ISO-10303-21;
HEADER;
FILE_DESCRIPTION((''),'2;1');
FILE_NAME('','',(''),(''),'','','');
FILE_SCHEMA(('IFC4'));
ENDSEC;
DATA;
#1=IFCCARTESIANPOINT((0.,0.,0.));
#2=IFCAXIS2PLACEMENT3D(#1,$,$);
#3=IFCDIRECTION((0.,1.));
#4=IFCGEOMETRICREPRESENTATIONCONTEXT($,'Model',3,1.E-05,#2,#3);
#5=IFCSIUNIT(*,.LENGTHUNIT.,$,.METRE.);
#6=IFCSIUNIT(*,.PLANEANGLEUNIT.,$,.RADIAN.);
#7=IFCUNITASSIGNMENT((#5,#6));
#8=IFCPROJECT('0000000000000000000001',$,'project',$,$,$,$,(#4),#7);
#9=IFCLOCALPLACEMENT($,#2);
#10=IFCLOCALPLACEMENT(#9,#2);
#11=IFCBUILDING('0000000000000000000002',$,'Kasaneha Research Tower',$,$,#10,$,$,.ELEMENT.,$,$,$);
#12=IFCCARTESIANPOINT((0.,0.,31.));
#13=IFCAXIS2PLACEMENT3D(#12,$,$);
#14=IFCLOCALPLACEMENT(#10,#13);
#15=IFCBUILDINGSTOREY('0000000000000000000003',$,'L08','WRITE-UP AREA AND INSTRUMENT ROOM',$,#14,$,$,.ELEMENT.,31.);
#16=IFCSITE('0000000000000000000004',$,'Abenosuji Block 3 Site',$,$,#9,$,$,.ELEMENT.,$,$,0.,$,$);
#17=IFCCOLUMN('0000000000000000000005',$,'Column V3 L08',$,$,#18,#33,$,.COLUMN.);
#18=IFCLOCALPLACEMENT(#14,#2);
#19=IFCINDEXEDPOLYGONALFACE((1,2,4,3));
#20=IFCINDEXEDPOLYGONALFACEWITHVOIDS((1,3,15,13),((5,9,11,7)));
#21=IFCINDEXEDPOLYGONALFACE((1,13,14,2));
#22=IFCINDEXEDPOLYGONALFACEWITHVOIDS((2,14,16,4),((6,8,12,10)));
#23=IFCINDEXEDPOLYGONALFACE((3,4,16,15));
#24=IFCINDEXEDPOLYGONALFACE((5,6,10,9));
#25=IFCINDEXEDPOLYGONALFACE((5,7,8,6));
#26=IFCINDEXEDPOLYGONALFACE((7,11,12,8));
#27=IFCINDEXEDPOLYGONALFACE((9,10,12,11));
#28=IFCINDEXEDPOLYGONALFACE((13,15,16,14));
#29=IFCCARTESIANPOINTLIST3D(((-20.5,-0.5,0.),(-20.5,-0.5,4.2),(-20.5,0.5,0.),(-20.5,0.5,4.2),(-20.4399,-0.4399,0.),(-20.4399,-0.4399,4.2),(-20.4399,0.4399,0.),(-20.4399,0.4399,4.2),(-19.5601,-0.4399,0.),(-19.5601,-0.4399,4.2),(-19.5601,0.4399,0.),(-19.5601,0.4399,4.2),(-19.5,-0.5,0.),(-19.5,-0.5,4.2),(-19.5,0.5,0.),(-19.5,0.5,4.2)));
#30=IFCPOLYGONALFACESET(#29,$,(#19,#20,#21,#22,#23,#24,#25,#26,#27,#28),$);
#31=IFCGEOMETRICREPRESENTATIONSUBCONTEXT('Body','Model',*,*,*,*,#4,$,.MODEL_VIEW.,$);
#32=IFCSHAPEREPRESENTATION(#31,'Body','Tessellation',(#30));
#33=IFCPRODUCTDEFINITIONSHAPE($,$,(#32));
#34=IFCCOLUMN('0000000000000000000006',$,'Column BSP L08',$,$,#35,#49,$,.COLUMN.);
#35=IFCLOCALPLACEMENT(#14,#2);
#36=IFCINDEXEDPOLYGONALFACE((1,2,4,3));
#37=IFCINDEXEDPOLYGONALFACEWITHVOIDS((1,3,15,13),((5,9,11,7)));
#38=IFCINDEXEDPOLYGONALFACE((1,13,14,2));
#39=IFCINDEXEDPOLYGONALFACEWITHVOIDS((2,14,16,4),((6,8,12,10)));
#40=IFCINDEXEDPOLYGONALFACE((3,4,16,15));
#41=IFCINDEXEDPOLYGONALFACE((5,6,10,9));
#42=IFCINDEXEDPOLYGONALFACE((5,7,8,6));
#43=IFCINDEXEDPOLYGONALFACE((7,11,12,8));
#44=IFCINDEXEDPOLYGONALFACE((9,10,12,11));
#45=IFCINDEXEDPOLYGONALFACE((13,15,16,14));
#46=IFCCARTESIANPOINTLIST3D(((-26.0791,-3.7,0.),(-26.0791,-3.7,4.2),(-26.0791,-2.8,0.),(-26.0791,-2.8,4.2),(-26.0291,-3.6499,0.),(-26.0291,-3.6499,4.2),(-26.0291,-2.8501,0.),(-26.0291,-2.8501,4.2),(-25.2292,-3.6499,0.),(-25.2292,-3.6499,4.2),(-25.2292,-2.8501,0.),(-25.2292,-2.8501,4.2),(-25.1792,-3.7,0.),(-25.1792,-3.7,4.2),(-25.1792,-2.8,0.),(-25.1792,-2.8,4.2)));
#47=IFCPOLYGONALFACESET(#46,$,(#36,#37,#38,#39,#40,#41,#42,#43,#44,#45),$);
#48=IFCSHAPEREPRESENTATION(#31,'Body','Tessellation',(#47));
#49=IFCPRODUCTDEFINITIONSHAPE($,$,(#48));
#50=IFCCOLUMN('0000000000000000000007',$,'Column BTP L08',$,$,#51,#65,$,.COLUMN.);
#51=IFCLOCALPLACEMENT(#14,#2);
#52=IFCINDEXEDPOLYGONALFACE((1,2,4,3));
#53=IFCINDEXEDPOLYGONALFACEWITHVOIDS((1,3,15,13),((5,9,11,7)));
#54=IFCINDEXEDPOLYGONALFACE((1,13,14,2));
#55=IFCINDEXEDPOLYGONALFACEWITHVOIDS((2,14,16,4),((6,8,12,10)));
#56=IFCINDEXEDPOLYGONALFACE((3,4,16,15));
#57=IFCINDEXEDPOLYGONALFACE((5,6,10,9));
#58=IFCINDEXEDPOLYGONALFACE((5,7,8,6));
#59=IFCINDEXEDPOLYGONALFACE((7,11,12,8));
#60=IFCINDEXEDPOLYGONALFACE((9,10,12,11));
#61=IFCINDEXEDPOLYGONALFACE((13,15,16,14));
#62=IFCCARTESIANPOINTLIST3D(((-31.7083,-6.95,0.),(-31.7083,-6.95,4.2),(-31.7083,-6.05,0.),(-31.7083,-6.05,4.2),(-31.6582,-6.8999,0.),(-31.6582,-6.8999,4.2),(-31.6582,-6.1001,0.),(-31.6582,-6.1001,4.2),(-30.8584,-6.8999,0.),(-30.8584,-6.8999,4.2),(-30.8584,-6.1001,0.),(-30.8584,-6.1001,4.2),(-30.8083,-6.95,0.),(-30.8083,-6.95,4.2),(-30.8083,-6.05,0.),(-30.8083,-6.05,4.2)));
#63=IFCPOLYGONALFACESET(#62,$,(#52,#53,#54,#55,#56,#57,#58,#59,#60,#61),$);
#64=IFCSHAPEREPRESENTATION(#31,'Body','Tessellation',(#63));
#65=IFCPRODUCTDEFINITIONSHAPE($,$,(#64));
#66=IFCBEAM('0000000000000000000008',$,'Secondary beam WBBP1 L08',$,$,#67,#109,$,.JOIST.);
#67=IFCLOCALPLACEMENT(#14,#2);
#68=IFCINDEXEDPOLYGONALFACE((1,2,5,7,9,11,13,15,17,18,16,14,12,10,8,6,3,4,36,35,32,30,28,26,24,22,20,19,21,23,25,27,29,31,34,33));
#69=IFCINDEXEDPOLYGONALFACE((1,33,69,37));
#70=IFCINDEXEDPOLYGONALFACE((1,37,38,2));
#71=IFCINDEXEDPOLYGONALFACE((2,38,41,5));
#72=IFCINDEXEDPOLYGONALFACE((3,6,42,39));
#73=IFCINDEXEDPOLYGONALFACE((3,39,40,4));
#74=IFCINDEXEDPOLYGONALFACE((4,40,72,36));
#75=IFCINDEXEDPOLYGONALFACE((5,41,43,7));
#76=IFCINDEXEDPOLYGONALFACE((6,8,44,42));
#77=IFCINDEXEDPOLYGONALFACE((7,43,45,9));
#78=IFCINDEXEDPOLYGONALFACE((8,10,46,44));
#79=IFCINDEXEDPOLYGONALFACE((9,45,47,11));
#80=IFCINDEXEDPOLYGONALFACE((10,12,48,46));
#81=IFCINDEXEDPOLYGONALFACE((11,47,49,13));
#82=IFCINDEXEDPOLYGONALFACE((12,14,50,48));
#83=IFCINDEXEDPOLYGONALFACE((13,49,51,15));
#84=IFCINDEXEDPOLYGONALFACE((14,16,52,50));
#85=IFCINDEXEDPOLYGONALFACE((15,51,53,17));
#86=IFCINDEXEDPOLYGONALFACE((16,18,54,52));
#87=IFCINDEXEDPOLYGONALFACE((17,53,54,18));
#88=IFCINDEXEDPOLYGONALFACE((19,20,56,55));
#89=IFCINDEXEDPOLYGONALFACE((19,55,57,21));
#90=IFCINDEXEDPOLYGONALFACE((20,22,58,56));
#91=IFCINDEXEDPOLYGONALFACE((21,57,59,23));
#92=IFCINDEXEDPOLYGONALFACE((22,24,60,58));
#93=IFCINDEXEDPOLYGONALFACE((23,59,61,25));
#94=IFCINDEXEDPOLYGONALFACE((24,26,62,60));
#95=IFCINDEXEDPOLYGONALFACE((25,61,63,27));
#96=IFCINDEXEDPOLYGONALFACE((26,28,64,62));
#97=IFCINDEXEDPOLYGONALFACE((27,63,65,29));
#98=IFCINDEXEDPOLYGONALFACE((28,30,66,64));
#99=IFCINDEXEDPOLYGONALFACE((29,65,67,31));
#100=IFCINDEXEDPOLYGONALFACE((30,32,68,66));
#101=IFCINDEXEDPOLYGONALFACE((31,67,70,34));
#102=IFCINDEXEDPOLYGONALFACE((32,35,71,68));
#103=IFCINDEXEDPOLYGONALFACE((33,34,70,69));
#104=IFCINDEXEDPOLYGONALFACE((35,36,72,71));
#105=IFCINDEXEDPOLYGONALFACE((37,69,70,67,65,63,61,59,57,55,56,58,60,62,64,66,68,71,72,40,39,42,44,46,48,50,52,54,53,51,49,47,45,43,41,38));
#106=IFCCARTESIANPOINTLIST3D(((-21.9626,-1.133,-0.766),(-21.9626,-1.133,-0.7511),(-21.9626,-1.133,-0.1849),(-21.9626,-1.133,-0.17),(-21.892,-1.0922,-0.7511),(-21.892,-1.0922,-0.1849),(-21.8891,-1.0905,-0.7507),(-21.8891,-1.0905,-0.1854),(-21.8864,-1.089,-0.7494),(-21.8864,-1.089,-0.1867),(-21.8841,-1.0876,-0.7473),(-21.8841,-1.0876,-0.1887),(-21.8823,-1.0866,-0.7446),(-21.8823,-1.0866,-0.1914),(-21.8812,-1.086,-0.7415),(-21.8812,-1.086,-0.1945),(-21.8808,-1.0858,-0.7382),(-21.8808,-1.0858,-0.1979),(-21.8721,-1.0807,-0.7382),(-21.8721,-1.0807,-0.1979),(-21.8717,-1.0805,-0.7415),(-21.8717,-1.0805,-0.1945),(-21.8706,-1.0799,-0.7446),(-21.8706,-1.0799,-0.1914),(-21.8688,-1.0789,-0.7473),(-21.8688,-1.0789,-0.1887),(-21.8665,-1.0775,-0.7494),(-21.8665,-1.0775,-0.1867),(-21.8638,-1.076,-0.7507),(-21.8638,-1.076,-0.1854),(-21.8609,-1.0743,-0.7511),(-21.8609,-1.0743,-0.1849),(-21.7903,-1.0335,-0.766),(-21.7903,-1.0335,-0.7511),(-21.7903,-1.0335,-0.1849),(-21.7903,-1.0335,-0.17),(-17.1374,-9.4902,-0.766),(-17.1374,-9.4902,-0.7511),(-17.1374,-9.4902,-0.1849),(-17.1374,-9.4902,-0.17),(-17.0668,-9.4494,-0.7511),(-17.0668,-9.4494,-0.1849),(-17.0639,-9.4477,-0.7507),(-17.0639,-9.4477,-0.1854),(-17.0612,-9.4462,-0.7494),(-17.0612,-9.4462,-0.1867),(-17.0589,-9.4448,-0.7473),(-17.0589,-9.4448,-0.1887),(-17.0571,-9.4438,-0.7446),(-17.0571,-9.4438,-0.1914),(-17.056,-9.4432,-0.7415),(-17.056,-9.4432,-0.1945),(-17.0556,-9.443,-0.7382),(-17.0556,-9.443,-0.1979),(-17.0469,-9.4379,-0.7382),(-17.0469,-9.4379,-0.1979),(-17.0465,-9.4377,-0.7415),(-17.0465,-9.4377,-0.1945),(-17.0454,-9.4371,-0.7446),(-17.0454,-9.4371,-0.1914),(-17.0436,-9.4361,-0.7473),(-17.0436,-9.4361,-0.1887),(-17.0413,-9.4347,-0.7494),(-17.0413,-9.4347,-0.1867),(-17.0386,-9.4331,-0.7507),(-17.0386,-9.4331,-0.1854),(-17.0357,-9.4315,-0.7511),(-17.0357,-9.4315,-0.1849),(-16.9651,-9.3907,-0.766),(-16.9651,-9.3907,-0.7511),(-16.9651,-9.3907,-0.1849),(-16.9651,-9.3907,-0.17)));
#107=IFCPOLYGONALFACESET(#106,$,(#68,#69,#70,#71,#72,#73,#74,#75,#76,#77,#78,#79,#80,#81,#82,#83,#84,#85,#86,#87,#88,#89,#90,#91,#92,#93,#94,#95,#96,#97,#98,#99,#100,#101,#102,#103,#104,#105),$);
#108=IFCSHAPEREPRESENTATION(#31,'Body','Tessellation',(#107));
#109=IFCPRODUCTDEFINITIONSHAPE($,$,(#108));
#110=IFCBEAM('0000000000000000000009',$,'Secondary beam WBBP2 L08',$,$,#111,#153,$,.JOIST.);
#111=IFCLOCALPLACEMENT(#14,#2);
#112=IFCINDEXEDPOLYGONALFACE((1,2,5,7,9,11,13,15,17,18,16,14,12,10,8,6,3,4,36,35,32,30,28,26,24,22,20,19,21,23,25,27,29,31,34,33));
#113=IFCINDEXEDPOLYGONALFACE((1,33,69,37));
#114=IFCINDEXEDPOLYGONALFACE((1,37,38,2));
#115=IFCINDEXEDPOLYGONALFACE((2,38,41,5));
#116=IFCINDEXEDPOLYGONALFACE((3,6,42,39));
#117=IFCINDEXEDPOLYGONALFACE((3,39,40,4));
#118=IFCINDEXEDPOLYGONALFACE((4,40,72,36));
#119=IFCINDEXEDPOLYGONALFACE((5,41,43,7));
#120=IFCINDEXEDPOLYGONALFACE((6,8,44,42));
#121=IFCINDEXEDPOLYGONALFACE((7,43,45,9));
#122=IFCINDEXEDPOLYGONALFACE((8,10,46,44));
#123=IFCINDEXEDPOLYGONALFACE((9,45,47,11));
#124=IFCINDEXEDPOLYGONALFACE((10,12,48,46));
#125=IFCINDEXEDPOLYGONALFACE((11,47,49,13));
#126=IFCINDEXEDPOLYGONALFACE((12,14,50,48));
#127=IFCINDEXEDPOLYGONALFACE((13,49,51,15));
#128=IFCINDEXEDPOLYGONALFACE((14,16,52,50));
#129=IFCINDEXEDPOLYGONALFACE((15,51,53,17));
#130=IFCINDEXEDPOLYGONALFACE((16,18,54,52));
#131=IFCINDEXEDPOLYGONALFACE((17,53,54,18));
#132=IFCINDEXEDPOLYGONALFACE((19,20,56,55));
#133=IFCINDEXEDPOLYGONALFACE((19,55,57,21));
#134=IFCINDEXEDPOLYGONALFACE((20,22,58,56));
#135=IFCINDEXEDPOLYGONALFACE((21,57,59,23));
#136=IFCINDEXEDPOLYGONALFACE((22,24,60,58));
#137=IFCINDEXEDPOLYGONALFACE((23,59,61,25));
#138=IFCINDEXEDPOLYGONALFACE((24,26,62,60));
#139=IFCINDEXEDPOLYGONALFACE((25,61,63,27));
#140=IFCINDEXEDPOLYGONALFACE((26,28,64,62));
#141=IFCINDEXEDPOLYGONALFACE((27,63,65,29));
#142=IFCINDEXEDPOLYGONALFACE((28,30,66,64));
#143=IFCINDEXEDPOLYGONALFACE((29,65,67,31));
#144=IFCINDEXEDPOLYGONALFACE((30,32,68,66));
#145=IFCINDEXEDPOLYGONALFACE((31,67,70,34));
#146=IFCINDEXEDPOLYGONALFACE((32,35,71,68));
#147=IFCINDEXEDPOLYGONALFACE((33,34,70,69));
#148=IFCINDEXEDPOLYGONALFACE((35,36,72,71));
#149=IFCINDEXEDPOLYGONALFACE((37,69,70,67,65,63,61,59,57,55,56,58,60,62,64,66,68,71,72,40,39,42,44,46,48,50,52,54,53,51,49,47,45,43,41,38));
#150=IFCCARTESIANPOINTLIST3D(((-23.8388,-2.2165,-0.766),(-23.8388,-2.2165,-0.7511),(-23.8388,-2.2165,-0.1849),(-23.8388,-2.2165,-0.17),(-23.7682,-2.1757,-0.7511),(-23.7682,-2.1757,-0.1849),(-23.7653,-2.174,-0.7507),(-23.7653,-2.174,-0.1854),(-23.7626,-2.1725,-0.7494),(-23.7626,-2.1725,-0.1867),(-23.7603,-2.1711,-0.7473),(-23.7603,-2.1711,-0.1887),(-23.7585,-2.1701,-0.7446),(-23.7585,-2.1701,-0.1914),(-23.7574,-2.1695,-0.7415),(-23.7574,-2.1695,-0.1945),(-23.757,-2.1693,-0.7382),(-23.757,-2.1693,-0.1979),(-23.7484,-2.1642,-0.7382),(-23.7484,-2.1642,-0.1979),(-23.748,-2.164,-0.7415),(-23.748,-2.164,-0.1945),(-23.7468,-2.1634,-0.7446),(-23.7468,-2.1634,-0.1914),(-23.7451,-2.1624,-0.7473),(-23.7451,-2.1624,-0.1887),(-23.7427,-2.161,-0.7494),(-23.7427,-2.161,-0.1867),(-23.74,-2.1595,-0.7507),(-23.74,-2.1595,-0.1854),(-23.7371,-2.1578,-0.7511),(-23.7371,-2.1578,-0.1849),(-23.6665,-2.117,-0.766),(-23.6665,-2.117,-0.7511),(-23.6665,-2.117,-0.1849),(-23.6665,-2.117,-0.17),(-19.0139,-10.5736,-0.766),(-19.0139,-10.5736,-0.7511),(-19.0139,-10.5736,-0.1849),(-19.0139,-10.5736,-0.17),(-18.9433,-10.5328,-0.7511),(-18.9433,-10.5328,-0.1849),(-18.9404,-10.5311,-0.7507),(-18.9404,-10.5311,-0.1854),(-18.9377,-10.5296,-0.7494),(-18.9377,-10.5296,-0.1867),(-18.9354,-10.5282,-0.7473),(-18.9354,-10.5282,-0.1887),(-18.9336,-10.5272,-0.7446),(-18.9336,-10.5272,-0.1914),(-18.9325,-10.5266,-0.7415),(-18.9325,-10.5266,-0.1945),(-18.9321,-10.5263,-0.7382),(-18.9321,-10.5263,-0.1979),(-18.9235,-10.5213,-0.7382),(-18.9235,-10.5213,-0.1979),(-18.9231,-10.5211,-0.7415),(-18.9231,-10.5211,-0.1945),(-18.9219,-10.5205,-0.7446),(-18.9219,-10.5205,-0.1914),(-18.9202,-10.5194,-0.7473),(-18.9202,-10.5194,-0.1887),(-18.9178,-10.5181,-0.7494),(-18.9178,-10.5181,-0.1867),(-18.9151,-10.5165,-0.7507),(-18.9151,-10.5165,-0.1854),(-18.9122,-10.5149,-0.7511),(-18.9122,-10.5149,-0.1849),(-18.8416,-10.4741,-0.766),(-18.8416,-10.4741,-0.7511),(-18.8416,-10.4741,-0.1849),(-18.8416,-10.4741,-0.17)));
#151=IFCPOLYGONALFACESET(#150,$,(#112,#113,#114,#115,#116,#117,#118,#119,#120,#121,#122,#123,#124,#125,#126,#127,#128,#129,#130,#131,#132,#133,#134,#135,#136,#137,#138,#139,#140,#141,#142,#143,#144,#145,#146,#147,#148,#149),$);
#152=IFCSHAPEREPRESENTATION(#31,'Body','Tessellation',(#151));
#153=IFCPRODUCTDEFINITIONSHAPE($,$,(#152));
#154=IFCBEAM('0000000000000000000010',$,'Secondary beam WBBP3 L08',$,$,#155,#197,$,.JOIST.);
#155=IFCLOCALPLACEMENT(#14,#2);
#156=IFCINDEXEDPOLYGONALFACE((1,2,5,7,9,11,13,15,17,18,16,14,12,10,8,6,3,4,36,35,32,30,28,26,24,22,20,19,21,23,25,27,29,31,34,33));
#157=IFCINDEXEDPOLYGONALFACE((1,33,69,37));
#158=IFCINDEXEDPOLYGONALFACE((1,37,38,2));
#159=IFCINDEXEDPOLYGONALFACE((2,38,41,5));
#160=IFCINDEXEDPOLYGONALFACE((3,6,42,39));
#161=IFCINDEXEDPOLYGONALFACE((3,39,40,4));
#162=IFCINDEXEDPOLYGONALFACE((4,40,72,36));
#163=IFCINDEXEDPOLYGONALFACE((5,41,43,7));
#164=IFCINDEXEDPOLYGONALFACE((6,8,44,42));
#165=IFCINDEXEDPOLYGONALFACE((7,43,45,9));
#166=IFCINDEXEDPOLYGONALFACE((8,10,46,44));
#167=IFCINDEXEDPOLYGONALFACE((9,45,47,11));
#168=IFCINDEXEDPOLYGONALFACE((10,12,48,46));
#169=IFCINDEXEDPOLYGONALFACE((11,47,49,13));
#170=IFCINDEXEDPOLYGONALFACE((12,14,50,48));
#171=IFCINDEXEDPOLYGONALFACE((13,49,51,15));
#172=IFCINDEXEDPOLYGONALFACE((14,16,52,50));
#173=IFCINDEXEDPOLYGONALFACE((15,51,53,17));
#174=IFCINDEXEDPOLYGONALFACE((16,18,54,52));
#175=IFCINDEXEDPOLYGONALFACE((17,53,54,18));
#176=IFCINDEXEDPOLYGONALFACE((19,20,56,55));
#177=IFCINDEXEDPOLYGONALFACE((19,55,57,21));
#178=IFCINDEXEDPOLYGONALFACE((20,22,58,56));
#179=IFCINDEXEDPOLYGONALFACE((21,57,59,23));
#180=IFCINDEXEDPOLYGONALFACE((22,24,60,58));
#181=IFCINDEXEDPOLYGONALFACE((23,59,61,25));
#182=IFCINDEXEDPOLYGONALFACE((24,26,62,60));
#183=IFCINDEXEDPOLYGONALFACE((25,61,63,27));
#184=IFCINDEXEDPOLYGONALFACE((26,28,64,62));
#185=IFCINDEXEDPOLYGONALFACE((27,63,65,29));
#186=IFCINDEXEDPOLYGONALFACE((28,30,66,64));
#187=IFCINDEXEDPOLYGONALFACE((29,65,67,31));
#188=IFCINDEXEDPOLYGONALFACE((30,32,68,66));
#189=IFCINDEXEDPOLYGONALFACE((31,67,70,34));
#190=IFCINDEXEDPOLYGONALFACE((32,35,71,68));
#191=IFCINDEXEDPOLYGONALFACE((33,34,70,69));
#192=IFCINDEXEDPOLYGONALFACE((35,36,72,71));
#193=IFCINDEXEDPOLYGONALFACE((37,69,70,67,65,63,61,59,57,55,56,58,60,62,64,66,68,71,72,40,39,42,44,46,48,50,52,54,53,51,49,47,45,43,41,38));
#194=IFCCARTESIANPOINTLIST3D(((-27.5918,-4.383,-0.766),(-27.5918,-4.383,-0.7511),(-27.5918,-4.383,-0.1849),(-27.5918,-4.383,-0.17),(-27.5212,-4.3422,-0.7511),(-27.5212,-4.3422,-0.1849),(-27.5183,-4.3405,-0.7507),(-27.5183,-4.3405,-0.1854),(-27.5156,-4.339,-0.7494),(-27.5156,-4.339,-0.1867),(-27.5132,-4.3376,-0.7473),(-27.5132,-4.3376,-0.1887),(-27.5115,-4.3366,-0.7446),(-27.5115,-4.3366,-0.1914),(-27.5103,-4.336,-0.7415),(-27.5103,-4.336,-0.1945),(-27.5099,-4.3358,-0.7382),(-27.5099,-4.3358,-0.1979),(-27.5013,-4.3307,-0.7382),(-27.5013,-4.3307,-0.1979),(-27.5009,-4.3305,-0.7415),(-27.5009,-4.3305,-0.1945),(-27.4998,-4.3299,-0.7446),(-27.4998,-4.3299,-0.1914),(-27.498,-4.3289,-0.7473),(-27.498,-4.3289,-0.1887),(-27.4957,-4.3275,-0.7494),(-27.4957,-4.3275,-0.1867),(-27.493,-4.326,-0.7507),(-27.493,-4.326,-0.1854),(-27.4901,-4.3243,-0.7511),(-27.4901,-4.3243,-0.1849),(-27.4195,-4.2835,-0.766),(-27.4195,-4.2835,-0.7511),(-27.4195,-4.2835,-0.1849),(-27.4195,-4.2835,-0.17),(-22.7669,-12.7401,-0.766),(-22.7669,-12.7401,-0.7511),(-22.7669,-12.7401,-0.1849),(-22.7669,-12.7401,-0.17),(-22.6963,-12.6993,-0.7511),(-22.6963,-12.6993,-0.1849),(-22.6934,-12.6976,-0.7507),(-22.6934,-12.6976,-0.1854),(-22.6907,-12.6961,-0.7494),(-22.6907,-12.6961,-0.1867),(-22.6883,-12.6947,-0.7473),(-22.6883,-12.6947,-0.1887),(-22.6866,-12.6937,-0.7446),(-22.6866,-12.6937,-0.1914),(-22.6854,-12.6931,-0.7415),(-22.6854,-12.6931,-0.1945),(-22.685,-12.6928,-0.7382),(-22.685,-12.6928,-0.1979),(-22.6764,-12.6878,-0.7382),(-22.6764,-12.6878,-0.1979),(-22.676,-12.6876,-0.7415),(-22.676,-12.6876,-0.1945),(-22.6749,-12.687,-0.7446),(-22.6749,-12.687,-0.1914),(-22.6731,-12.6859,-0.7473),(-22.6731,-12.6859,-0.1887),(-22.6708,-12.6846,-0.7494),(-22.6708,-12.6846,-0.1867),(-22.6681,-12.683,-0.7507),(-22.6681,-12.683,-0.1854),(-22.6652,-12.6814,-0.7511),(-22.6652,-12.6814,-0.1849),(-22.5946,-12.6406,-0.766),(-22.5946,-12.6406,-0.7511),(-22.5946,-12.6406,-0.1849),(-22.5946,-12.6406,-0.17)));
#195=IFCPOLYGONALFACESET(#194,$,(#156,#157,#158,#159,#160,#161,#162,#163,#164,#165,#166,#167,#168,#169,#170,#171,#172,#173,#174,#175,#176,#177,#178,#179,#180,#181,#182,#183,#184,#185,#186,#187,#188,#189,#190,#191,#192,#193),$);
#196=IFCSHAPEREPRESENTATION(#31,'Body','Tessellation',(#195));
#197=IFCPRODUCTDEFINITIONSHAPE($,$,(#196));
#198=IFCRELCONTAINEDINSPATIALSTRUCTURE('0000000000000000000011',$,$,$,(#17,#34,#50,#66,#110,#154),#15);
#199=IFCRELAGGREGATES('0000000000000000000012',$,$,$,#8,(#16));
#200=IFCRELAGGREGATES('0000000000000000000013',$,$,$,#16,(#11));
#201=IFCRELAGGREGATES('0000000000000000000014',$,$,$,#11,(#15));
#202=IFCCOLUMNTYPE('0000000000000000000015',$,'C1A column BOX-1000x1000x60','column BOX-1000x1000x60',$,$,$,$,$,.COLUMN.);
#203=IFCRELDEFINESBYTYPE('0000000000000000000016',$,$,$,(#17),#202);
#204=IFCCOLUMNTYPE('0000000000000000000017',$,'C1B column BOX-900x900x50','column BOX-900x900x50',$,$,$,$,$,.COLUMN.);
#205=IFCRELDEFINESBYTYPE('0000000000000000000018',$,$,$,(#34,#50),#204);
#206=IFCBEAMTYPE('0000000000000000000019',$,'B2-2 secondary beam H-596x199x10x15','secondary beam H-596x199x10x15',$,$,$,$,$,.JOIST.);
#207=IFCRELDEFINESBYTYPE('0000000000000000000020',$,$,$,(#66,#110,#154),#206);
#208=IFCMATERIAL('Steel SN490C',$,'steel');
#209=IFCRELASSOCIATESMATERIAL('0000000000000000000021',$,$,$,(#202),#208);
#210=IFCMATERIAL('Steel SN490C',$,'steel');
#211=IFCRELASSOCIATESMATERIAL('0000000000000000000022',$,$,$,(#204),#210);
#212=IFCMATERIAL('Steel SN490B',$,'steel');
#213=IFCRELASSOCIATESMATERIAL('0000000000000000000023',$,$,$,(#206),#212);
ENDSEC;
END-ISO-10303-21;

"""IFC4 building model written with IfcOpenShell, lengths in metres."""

from ifc_helpers import new_model, si_unit, direction, frame, origin, origin_2d, place, context, subcontext, project, spatial, hollow_rectangle, i_section, extrude, material, material_profile, profile_set, type_object, element, save


model = new_model("IFC4")

# Units and contexts
model_context = context("Model", 3, precision=1e-05, world=origin(), true_north=direction((0.0, 1.0)))
body_context = subcontext(model_context, "Body", "Model", "MODEL_VIEW")
ifc_project = project(units=[si_unit("LENGTHUNIT", "METRE"), si_unit("PLANEANGLEUNIT", "RADIAN")], contexts=[model_context])

# Site, building, storey
site_placement = place(None, origin())
site = spatial("IfcSite", under=ifc_project, at=site_placement, Name="Abenosuji Block 3 Site", CompositionType="ELEMENT", RefElevation=0.0)
building_placement = place(site_placement, origin())
building = spatial("IfcBuilding", under=site, at=building_placement, Name="Kasaneha Research Tower", CompositionType="ELEMENT")
storey_placement = place(building_placement, frame((0.0, 0.0, 31.0)))
storey = spatial("IfcBuildingStorey", under=building, at=storey_placement, Name="L08", Description="WRITE-UP AREA AND INSTRUMENT ROOM", CompositionType="ELEMENT", Elevation=31.0)

# Columns
ifc_material_1 = material(Name="Steel SN490C", Category="steel")
ifc_material_profile_1 = material_profile(ifc_material_1, hollow_rectangle(XDim=1.0, YDim=1.0, WallThickness=0.0601, at=origin_2d()), Name="BOX-1000x1000x60")
ifc_profile_set_1 = profile_set([ifc_material_profile_1], Name="Steel SN490C")
column_type_1 = type_object("IfcColumnType", Name="C1A column BOX-1000x1000x60", Description="column BOX-1000x1000x60", PredefinedType="COLUMN", material=ifc_profile_set_1)
column_placement = place(storey_placement, frame((-20.0, 0.0, 0.0), z_axis=(0.0, 0.0, 1.0), x_axis=(1.0, 0.0, 0.0)))
element("IfcColumn", 1, at=column_placement, inside=storey, type_object=column_type_1, Name="Column V3 L08", PredefinedType="COLUMN", context=body_context, shape_type="SweptSolid", body=[
    extrude(hollow_rectangle(XDim=1.0, YDim=1.0, WallThickness=0.0601, at=origin_2d()), origin(), (0.0, 0.0, 1.0), 4.2),
])
ifc_material_2 = material(Name="Steel SN490C", Category="steel")
ifc_material_profile_2 = material_profile(ifc_material_2, hollow_rectangle(XDim=0.8999, YDim=0.8999, WallThickness=0.05, at=origin_2d()), Name="BOX-900x900x50")
ifc_profile_set_2 = profile_set([ifc_material_profile_2], Name="Steel SN490C")
column_type_2 = type_object("IfcColumnType", Name="C1B column BOX-900x900x50", Description="column BOX-900x900x50", PredefinedType="COLUMN", material=ifc_profile_set_2)
for number, where, z_axis, x_axis, name in (
    (2, (-25.6292, -3.25, 0.0), (0.0, 0.0, 1.0), (1.0, 0.0, 0.0), "Column BSP L08"),
    (3, (-31.2583, -6.5, 0.0), (0.0, 0.0, 1.0), (1.0, 0.0, 0.0), "Column BTP L08"),
):
    element("IfcColumn", number, at=place(storey_placement, frame(where, z_axis=z_axis, x_axis=x_axis)), inside=storey, type_object=column_type_2, Name=name, PredefinedType="COLUMN", context=body_context, shape_type="SweptSolid", body=[
        extrude(hollow_rectangle(XDim=0.8999, YDim=0.8999, WallThickness=0.05, at=origin_2d()), origin(), (0.0, 0.0, 1.0), 4.2),
    ])

# Beams
ifc_material_3 = material(Name="Steel SN490B", Category="steel")
ifc_material_profile_3 = material_profile(ifc_material_3, i_section(OverallWidth=0.199, OverallDepth=0.5959, WebThickness=0.01, FlangeThickness=0.0149, FilletRadius=0.0129, at=origin_2d()), Name="H-596x199x10x15")
ifc_profile_set_3 = profile_set([ifc_material_profile_3], Name="Steel SN490B")
beam_type_1 = type_object("IfcBeamType", Name="B2-2 secondary beam H-596x199x10x15", Description="secondary beam H-596x199x10x15", PredefinedType="JOIST", material=ifc_profile_set_3)
beam_1_placement = place(storey_placement, frame((-21.8765, -1.0833, -0.468), z_axis=(0.500014, -0.866017, 0.0), x_axis=(0.866017, 0.500014, 0.0)))
element("IfcBeam", 4, at=beam_1_placement, inside=storey, type_object=beam_type_1, Name="Secondary beam WBBP1 L08", PredefinedType="JOIST", context=body_context, shape_type="SweptSolid", body=[
    extrude(i_section(OverallWidth=0.199, OverallDepth=0.5959, WebThickness=0.01, FlangeThickness=0.0149, FilletRadius=0.0129, at=origin_2d()), origin(), (0.0, 0.0, 1.0), 9.6501),
])
for number, where, z_axis, x_axis, name in (
    (5, (-23.7527, -2.1667, -0.468), (0.499995, -0.866028, 0.0), (0.866028, 0.499995, 0.0), "Secondary beam WBBP2 L08"),
    (6, (-27.5056, -4.3333, -0.468), (0.499995, -0.866028, 0.0), (0.866028, 0.499995, 0.0), "Secondary beam WBBP3 L08"),
):
    element("IfcBeam", number, at=place(storey_placement, frame(where, z_axis=z_axis, x_axis=x_axis)), inside=storey, type_object=beam_type_1, Name=name, PredefinedType="JOIST", context=body_context, shape_type="SweptSolid", body=[
        extrude(i_section(OverallWidth=0.199, OverallDepth=0.5959, WebThickness=0.01, FlangeThickness=0.0149, FilletRadius=0.0129, at=origin_2d()), origin(), (0.0, 0.0, 1.0), 9.6499),
    ])

save(model, "model.ifc")
